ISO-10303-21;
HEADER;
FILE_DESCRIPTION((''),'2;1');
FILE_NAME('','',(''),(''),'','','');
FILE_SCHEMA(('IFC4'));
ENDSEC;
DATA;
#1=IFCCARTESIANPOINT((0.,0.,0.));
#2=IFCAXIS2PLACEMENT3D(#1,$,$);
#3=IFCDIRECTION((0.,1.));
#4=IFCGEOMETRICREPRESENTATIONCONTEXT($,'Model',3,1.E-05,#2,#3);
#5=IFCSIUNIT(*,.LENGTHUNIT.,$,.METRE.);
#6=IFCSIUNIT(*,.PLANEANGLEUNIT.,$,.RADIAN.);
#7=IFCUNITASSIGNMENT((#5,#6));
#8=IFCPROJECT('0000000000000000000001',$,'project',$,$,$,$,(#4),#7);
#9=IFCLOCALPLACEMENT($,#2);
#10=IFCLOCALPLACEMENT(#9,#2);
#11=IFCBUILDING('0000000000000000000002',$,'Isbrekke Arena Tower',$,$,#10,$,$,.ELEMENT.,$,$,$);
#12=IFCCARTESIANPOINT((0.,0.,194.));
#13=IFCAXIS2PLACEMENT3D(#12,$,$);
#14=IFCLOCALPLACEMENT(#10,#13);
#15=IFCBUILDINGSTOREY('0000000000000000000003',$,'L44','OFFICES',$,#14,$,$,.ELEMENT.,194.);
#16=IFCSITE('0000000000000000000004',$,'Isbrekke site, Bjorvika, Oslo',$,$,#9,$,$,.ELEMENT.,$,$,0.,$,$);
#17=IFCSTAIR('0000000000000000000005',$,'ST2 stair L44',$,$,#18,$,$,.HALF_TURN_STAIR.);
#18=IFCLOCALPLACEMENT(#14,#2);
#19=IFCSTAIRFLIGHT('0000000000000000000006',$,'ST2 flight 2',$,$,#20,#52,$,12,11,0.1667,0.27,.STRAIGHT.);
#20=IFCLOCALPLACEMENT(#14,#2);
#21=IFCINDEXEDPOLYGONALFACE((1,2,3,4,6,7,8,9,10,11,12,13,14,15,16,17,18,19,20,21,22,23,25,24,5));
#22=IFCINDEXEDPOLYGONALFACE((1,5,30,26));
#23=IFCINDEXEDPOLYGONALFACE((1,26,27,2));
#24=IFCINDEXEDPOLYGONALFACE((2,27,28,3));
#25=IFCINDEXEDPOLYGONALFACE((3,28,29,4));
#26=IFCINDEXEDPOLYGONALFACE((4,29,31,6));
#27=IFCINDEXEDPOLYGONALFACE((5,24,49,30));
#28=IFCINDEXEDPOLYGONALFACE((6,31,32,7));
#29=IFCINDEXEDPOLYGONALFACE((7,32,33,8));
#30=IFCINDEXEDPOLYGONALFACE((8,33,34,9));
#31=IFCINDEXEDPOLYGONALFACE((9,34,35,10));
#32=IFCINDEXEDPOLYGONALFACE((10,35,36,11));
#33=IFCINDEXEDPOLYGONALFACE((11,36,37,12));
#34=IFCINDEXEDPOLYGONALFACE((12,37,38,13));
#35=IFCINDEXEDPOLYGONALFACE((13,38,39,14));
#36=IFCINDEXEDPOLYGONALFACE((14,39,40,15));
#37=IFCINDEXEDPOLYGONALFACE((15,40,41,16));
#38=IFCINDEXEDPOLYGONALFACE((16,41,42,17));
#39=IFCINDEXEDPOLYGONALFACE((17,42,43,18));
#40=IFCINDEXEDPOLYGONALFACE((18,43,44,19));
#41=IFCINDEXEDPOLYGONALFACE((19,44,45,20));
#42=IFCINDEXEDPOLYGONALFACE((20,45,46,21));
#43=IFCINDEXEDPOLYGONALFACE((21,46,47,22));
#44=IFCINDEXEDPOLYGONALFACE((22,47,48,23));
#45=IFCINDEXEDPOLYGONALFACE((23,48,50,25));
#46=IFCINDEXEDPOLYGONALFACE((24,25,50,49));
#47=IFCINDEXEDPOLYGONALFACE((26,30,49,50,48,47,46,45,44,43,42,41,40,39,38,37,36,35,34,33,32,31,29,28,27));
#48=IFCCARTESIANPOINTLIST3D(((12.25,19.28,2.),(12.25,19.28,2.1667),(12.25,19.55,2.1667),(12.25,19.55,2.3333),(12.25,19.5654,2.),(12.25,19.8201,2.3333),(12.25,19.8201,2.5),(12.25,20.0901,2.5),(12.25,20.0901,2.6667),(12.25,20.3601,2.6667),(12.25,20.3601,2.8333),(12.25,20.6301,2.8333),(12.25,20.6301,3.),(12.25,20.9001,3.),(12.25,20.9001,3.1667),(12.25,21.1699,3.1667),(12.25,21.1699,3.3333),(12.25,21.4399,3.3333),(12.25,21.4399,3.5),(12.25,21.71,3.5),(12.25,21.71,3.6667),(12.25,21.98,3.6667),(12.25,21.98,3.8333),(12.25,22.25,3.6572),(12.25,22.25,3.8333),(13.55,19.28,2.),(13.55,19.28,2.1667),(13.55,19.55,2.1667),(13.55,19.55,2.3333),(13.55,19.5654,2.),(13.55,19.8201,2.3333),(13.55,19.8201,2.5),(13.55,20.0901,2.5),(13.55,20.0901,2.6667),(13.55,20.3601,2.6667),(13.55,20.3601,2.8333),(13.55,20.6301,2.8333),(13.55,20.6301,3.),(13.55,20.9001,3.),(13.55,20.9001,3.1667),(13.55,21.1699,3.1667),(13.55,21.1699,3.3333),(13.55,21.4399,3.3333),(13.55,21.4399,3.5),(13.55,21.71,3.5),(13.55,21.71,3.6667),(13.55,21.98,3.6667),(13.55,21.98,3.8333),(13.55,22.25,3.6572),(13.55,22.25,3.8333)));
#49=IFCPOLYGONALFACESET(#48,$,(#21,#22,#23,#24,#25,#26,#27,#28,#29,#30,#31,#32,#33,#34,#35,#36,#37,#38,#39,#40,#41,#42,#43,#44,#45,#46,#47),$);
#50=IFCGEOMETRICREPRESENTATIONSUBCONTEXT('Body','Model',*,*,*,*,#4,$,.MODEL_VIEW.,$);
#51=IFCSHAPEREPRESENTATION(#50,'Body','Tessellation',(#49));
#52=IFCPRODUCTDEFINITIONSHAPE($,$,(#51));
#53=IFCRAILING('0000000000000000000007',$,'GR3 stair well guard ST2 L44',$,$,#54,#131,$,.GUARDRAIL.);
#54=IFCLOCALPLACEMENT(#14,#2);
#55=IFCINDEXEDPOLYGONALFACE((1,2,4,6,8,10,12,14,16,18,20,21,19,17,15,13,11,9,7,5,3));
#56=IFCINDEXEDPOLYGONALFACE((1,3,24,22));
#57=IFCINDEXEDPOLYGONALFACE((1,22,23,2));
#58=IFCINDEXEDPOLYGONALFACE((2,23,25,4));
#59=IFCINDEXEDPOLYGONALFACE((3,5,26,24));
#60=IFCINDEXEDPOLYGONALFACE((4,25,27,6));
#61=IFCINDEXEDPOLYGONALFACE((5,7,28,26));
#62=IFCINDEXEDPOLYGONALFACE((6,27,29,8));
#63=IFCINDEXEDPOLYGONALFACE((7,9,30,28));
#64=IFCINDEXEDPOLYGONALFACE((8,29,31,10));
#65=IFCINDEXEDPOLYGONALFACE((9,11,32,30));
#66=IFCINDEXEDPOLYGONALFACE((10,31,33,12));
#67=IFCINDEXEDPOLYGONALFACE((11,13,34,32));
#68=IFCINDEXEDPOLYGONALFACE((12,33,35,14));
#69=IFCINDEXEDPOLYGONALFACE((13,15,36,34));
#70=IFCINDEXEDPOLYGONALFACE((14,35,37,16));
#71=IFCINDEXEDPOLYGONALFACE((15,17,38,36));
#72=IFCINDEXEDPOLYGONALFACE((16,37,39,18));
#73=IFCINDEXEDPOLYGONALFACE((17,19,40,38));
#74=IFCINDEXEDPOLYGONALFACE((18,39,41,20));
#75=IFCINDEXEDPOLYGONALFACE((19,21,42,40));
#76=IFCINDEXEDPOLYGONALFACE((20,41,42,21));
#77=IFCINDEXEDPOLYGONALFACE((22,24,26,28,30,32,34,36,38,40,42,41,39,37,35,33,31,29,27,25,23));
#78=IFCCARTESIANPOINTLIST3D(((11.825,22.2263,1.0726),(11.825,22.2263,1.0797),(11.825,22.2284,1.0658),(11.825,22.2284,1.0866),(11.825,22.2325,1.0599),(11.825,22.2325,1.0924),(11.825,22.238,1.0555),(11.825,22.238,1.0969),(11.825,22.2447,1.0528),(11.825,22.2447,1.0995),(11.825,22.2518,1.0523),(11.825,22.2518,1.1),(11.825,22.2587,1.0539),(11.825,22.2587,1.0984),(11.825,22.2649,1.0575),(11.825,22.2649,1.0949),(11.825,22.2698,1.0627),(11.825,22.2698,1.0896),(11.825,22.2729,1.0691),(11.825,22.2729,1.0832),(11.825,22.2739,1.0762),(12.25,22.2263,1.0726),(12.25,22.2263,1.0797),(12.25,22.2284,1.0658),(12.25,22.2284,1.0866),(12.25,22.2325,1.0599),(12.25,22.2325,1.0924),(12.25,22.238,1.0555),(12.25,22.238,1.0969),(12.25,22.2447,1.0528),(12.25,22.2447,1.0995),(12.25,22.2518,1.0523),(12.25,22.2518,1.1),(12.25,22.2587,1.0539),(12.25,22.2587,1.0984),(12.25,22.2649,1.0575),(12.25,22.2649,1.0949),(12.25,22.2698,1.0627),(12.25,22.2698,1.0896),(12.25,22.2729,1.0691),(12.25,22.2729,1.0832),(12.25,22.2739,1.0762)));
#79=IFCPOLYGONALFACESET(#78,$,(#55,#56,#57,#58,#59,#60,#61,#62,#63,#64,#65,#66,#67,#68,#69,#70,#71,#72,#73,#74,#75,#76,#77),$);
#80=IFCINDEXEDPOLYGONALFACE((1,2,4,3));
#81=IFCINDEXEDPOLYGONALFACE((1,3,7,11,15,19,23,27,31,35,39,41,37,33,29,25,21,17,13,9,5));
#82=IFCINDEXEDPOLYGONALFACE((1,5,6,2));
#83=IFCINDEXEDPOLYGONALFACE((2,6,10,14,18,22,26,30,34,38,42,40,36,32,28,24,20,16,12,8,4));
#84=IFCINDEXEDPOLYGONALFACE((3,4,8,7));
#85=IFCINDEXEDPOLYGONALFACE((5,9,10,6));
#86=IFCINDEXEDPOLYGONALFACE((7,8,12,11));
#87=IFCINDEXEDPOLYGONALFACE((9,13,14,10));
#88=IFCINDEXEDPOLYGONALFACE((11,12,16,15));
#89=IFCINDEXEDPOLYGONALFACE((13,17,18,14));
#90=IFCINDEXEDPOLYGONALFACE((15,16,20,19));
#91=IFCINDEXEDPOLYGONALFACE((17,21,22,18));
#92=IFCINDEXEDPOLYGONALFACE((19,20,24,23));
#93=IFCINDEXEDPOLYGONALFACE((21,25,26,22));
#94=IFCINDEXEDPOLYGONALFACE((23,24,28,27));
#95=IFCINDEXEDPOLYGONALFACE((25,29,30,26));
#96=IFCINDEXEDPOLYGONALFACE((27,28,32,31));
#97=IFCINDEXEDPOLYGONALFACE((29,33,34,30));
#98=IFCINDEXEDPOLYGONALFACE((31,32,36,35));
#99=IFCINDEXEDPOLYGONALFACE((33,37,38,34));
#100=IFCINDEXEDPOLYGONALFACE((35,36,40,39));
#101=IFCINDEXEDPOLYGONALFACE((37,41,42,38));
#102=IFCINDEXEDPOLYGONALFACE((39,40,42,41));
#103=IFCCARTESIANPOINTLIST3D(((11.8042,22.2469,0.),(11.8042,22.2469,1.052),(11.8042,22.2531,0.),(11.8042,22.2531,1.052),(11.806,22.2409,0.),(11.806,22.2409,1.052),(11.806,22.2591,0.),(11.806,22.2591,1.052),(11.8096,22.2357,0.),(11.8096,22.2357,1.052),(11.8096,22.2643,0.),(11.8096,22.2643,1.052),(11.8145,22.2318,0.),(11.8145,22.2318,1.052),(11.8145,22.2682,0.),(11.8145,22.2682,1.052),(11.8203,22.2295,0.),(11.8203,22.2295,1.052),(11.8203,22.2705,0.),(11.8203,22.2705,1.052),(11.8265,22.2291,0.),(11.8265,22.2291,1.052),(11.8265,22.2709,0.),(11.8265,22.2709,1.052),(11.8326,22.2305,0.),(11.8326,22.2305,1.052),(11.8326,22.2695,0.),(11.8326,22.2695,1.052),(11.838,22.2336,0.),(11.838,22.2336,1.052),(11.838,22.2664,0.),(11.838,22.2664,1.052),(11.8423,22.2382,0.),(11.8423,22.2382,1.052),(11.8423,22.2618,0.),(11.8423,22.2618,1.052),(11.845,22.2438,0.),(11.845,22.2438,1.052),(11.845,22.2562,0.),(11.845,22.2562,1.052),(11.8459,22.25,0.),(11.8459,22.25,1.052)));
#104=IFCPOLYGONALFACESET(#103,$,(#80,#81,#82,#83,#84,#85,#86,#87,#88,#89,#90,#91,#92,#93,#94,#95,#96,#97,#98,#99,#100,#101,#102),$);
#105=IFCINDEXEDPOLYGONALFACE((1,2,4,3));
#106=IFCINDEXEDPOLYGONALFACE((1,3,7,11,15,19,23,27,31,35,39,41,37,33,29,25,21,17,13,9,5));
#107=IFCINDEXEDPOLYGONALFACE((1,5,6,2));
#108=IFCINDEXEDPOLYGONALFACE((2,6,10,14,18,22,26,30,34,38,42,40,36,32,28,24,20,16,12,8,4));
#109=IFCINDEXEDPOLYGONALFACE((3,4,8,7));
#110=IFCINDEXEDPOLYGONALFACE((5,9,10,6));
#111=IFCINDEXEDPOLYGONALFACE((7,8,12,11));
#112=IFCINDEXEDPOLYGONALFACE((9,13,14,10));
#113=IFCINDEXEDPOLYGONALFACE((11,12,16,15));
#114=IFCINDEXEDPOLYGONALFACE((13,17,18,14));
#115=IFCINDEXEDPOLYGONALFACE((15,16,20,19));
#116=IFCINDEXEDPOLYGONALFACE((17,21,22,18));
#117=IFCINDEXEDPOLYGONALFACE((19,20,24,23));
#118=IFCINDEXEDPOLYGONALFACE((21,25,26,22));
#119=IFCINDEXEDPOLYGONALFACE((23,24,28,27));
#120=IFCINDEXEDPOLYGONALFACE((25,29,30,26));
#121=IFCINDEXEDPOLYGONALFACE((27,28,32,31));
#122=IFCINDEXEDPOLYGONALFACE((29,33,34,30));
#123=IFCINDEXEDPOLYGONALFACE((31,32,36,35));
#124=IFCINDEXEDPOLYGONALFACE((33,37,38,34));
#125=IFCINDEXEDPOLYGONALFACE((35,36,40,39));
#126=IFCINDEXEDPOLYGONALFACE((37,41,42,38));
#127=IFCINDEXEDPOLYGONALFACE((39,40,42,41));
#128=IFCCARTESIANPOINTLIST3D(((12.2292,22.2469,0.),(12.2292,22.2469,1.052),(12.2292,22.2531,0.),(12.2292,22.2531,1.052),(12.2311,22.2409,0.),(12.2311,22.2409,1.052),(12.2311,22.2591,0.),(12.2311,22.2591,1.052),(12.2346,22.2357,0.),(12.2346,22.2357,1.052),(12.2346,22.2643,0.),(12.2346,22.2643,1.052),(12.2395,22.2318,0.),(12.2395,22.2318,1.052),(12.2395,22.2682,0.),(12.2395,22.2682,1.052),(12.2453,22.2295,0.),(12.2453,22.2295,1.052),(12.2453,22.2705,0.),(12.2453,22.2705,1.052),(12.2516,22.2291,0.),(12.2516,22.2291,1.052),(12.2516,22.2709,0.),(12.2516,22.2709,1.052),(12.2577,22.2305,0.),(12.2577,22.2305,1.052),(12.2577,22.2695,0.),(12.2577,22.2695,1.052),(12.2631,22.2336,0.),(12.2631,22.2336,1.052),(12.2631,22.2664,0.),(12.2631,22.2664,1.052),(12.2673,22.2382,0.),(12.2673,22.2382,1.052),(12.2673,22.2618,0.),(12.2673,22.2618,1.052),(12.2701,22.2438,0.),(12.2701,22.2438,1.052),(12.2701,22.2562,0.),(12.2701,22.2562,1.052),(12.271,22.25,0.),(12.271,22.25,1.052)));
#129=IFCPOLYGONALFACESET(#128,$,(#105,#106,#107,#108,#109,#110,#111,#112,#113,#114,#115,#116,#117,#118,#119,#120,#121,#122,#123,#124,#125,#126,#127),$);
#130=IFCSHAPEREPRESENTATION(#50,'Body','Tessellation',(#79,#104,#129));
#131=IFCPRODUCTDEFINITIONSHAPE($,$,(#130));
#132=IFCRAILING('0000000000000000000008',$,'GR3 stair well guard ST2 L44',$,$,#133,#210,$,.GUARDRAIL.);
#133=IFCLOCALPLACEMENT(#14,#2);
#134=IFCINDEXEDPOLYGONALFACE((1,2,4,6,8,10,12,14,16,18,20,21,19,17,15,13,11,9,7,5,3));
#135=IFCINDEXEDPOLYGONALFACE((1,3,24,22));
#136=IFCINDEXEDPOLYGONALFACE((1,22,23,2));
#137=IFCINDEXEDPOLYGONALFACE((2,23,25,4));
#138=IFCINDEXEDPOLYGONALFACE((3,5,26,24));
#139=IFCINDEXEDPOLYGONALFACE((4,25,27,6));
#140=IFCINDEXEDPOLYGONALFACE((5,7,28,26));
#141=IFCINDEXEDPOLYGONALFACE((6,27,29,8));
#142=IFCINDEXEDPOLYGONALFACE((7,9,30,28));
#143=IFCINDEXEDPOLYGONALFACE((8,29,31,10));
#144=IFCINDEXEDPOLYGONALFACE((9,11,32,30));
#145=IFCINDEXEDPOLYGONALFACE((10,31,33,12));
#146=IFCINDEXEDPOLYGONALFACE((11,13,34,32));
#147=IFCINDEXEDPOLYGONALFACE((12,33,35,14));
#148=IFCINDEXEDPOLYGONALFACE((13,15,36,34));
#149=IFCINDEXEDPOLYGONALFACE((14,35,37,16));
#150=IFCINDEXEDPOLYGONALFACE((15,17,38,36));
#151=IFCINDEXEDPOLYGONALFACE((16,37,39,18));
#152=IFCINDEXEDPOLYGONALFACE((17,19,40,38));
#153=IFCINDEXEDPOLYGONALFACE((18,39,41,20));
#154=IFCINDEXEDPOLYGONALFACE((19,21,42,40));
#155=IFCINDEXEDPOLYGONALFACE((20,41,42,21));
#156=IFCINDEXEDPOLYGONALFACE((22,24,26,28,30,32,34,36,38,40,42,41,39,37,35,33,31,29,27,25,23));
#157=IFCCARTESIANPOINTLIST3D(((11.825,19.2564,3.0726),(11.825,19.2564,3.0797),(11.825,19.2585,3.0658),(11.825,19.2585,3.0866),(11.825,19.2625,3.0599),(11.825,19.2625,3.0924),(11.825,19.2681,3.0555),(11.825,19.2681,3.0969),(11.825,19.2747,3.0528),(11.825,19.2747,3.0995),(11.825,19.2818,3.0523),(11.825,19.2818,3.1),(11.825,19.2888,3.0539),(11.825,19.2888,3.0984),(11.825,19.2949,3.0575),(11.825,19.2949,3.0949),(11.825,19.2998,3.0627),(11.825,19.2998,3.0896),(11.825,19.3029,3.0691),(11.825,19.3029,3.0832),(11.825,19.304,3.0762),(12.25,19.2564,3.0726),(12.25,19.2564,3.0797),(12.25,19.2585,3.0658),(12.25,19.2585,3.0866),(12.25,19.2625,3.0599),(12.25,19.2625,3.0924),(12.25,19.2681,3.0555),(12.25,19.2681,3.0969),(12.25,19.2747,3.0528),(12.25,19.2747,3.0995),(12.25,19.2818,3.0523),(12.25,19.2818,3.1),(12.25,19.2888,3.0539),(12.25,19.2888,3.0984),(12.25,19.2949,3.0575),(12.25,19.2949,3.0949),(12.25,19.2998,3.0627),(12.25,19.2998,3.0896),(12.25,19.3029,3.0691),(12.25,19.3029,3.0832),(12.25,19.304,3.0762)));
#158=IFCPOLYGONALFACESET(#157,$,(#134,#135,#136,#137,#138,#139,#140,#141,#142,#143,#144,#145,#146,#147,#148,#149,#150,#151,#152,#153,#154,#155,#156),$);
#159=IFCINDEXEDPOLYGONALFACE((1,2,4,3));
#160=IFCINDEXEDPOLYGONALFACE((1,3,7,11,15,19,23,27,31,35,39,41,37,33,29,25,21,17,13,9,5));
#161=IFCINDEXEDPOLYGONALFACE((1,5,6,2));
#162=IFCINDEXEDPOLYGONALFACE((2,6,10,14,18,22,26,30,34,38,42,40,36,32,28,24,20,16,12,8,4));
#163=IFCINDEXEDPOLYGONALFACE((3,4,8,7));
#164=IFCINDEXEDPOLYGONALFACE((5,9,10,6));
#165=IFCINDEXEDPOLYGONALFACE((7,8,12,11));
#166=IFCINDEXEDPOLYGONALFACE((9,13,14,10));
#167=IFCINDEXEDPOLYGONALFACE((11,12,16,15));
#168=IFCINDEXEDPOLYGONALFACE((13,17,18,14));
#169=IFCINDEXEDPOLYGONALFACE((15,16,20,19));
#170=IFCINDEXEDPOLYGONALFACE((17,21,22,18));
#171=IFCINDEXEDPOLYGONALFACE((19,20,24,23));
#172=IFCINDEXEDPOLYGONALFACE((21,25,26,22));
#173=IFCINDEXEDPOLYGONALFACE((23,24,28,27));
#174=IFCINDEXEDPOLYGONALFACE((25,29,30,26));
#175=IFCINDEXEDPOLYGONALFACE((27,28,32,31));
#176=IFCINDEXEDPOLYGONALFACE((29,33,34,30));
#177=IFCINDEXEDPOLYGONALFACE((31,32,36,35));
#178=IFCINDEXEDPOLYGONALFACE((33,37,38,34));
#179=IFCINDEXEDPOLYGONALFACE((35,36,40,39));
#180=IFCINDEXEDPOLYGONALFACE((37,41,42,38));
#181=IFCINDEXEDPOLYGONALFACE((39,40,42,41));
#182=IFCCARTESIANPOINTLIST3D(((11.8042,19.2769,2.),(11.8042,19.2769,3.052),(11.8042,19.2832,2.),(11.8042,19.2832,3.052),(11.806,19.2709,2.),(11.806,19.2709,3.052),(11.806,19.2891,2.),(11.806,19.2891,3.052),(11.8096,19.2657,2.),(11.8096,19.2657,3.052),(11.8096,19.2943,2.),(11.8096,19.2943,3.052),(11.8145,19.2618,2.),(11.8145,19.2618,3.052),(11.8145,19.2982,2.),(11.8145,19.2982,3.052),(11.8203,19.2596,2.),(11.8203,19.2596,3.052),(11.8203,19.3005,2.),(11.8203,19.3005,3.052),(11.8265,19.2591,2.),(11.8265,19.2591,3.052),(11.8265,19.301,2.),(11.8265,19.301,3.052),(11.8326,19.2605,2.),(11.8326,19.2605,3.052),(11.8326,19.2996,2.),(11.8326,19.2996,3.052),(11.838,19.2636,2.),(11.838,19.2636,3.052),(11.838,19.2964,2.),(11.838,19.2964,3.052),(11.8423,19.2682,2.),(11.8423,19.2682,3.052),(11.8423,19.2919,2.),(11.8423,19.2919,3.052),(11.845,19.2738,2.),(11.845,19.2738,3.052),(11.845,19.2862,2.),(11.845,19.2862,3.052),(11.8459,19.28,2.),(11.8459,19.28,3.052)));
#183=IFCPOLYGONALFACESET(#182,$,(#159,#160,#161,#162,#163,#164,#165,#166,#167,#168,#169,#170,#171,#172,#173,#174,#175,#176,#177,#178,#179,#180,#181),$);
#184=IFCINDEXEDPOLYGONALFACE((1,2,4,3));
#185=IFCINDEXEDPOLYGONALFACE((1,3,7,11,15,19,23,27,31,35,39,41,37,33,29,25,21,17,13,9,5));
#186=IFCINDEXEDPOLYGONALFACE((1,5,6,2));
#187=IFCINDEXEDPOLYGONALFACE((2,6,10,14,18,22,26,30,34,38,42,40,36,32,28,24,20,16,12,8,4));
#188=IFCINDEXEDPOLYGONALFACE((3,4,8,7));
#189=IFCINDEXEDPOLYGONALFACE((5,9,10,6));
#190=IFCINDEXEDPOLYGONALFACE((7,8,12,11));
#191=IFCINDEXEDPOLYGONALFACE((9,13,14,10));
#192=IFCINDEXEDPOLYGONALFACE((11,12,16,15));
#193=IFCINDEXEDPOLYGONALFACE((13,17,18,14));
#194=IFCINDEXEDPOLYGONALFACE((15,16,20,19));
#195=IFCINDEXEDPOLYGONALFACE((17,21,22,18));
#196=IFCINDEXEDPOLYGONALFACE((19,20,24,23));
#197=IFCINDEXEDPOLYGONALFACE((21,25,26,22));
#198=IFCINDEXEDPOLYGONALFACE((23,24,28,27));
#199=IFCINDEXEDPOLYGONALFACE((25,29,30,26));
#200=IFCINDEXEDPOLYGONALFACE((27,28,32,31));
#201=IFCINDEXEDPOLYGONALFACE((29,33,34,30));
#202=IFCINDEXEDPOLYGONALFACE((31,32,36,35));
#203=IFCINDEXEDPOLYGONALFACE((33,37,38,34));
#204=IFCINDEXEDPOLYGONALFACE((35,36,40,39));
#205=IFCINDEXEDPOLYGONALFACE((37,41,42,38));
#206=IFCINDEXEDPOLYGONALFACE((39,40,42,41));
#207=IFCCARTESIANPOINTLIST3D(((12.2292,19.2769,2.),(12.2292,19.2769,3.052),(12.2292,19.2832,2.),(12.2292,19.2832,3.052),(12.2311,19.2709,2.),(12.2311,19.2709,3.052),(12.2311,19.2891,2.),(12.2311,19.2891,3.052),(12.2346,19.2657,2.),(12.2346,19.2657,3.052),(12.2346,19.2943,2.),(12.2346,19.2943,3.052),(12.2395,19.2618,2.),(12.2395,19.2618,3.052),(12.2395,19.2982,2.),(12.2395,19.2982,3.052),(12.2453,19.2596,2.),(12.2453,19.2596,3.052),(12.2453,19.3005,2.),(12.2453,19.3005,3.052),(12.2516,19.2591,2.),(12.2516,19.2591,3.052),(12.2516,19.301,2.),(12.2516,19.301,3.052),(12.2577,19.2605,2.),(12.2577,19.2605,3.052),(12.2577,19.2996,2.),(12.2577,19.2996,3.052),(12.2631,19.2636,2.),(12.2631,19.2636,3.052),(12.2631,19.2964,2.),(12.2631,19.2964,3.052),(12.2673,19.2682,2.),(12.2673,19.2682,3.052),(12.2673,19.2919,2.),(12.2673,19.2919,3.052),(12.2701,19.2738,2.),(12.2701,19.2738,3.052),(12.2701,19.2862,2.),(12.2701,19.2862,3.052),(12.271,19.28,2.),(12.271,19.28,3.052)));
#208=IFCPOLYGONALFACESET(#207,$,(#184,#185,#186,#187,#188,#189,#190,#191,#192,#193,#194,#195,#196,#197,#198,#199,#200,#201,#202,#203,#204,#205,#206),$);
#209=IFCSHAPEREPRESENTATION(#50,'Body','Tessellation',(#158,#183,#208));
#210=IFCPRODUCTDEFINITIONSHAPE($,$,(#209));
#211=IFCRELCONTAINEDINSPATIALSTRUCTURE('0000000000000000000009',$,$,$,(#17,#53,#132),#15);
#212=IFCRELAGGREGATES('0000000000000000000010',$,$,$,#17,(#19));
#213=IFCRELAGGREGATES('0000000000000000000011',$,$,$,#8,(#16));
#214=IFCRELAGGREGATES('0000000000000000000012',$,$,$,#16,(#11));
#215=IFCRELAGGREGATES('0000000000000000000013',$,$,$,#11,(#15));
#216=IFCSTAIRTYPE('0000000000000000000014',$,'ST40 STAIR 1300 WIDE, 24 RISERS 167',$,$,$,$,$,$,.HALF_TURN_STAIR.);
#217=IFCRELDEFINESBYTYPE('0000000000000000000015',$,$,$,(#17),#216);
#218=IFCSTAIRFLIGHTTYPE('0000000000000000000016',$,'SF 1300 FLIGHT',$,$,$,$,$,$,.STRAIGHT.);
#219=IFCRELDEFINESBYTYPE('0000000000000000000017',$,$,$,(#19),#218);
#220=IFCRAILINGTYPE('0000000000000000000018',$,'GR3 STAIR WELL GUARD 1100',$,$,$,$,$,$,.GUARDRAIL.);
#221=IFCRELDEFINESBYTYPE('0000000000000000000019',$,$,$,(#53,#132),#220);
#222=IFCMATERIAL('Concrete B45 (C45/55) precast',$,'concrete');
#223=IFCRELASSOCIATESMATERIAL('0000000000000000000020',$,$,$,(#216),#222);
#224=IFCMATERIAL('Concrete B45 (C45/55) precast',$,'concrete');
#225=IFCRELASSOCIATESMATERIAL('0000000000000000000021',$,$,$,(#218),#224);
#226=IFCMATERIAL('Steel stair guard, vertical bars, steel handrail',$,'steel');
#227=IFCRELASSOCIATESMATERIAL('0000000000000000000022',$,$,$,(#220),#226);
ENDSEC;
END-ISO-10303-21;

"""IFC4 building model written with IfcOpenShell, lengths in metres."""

from ifc_helpers import new_model, si_unit, direction, frame, origin, origin_2d, place, context, subcontext, project, spatial, polyline, circle, outline, extrude, material, type_object, element, aggregate, save


model = new_model("IFC4")

# Units and contexts
model_context = context("Model", 3, precision=1e-05, world=origin(), true_north=direction((0.0, 1.0)))
body_context = subcontext(model_context, "Body", "Model", "MODEL_VIEW")
ifc_project = project(units=[si_unit("LENGTHUNIT", "METRE"), si_unit("PLANEANGLEUNIT", "RADIAN")], contexts=[model_context])

# Site, building, storey
site_placement = place(None, origin())
site = spatial("IfcSite", under=ifc_project, at=site_placement, Name="Isbrekke site, Bjorvika, Oslo", CompositionType="ELEMENT", RefElevation=0.0)
building_placement = place(site_placement, origin())
building = spatial("IfcBuilding", under=site, at=building_placement, Name="Isbrekke Arena Tower", CompositionType="ELEMENT")
storey_placement = place(building_placement, frame((0.0, 0.0, 194.0)))
storey = spatial("IfcBuildingStorey", under=building, at=storey_placement, Name="L44", Description="OFFICES", CompositionType="ELEMENT", Elevation=194.0)

# Stair, stair flight
ifc_material_1 = material(Name="Concrete B45 (C45/55) precast", Category="concrete")
stair_type = type_object("IfcStairType", Name="ST40 STAIR 1300 WIDE, 24 RISERS 167", PredefinedType="HALF_TURN_STAIR", material=ifc_material_1)
stair_placement = place(storey_placement, origin())
stair = element("IfcStair", 1, at=stair_placement, inside=storey, type_object=stair_type, Name="ST2 stair L44", PredefinedType="HALF_TURN_STAIR")
ifc_material_2 = material(Name="Concrete B45 (C45/55) precast", Category="concrete")
stair_flight_type = type_object("IfcStairFlightType", Name="SF 1300 FLIGHT", PredefinedType="STRAIGHT", material=ifc_material_2)
stair_flight_1_placement = place(storey_placement, frame((12.8999, 19.28, 2.0), z_axis=(0.0, 0.0, 1.0), x_axis=(0.0, 1.0, 0.0)))
stair_flight_1 = element("IfcStairFlight", 2, at=stair_flight_1_placement, type_object=stair_flight_type, Name="ST2 flight 2", NumberOfRisers=12, NumberOfTreads=11, PredefinedType="STRAIGHT", RiserHeight=0.1667, TreadLength=0.27, context=body_context, shape_type="SweptSolid", body=[
    extrude(outline(polyline([(0.0, 0.0), (0.0, 0.1667), (0.27, 0.1667), (0.27, 0.3333), (0.54, 0.3333), (0.54, 0.5), (0.8101, 0.5), (0.8101, 0.6667), (1.0801, 0.6667), (1.0801, 0.8333), (1.3501, 0.8333), (1.3501, 1.0), (1.6201, 1.0), (1.6201, 1.1667), (1.8899, 1.1667), (1.8899, 1.3333), (2.1599, 1.3333), (2.1599, 1.5), (2.4299, 1.5), (2.4299, 1.6667), (2.7, 1.6667), (2.7, 1.8333), (2.97, 1.8333), (2.97, 2.0), (2.97, 1.6572), (0.2854, 0.0), (0.0, 0.0)])), frame((0.0, 0.6499, 0.0), z_axis=(0.0, -1.0, 0.0), x_axis=(1.0, 0.0, 0.0)), (0.0, 0.0, 1.0), 1.3),
])
aggregate(stair, [stair_flight_1])

# Railings
ifc_material_3 = material(Name="Steel stair guard, vertical bars, steel handrail", Category="steel")
railing_type = type_object("IfcRailingType", Name="GR3 STAIR WELL GUARD 1100", PredefinedType="GUARDRAIL", material=ifc_material_3)
for number, where, name in (
    (3, (11.825, 22.25, 0.0), "GR3 stair well guard ST2 L44"),
    (4, (11.825, 19.28, 2.0), "GR3 stair well guard ST2 L44"),
):
    element("IfcRailing", number, at=place(storey_placement, frame(where)), inside=storey, type_object=railing_type, Name=name, PredefinedType="GUARDRAIL", context=body_context, shape_type="SweptSolid", body=[
        extrude(circle(Radius=0.0239, at=origin_2d()), frame((0.0, 0.0, 1.0762), z_axis=(1.0, 0.0, 0.0), x_axis=(0.0, 1.0, 0.0)), (0.0, 0.0, 1.0), 0.425),
        extrude(circle(Radius=0.021, at=origin_2d()), origin(), (0.0, 0.0, 1.0), 1.052),
        extrude(circle(Radius=0.021, at=origin_2d()), frame((0.425, 0.0, 0.0)), (0.0, 0.0, 1.0), 1.052),
    ])

save(model, "model.ifc")
